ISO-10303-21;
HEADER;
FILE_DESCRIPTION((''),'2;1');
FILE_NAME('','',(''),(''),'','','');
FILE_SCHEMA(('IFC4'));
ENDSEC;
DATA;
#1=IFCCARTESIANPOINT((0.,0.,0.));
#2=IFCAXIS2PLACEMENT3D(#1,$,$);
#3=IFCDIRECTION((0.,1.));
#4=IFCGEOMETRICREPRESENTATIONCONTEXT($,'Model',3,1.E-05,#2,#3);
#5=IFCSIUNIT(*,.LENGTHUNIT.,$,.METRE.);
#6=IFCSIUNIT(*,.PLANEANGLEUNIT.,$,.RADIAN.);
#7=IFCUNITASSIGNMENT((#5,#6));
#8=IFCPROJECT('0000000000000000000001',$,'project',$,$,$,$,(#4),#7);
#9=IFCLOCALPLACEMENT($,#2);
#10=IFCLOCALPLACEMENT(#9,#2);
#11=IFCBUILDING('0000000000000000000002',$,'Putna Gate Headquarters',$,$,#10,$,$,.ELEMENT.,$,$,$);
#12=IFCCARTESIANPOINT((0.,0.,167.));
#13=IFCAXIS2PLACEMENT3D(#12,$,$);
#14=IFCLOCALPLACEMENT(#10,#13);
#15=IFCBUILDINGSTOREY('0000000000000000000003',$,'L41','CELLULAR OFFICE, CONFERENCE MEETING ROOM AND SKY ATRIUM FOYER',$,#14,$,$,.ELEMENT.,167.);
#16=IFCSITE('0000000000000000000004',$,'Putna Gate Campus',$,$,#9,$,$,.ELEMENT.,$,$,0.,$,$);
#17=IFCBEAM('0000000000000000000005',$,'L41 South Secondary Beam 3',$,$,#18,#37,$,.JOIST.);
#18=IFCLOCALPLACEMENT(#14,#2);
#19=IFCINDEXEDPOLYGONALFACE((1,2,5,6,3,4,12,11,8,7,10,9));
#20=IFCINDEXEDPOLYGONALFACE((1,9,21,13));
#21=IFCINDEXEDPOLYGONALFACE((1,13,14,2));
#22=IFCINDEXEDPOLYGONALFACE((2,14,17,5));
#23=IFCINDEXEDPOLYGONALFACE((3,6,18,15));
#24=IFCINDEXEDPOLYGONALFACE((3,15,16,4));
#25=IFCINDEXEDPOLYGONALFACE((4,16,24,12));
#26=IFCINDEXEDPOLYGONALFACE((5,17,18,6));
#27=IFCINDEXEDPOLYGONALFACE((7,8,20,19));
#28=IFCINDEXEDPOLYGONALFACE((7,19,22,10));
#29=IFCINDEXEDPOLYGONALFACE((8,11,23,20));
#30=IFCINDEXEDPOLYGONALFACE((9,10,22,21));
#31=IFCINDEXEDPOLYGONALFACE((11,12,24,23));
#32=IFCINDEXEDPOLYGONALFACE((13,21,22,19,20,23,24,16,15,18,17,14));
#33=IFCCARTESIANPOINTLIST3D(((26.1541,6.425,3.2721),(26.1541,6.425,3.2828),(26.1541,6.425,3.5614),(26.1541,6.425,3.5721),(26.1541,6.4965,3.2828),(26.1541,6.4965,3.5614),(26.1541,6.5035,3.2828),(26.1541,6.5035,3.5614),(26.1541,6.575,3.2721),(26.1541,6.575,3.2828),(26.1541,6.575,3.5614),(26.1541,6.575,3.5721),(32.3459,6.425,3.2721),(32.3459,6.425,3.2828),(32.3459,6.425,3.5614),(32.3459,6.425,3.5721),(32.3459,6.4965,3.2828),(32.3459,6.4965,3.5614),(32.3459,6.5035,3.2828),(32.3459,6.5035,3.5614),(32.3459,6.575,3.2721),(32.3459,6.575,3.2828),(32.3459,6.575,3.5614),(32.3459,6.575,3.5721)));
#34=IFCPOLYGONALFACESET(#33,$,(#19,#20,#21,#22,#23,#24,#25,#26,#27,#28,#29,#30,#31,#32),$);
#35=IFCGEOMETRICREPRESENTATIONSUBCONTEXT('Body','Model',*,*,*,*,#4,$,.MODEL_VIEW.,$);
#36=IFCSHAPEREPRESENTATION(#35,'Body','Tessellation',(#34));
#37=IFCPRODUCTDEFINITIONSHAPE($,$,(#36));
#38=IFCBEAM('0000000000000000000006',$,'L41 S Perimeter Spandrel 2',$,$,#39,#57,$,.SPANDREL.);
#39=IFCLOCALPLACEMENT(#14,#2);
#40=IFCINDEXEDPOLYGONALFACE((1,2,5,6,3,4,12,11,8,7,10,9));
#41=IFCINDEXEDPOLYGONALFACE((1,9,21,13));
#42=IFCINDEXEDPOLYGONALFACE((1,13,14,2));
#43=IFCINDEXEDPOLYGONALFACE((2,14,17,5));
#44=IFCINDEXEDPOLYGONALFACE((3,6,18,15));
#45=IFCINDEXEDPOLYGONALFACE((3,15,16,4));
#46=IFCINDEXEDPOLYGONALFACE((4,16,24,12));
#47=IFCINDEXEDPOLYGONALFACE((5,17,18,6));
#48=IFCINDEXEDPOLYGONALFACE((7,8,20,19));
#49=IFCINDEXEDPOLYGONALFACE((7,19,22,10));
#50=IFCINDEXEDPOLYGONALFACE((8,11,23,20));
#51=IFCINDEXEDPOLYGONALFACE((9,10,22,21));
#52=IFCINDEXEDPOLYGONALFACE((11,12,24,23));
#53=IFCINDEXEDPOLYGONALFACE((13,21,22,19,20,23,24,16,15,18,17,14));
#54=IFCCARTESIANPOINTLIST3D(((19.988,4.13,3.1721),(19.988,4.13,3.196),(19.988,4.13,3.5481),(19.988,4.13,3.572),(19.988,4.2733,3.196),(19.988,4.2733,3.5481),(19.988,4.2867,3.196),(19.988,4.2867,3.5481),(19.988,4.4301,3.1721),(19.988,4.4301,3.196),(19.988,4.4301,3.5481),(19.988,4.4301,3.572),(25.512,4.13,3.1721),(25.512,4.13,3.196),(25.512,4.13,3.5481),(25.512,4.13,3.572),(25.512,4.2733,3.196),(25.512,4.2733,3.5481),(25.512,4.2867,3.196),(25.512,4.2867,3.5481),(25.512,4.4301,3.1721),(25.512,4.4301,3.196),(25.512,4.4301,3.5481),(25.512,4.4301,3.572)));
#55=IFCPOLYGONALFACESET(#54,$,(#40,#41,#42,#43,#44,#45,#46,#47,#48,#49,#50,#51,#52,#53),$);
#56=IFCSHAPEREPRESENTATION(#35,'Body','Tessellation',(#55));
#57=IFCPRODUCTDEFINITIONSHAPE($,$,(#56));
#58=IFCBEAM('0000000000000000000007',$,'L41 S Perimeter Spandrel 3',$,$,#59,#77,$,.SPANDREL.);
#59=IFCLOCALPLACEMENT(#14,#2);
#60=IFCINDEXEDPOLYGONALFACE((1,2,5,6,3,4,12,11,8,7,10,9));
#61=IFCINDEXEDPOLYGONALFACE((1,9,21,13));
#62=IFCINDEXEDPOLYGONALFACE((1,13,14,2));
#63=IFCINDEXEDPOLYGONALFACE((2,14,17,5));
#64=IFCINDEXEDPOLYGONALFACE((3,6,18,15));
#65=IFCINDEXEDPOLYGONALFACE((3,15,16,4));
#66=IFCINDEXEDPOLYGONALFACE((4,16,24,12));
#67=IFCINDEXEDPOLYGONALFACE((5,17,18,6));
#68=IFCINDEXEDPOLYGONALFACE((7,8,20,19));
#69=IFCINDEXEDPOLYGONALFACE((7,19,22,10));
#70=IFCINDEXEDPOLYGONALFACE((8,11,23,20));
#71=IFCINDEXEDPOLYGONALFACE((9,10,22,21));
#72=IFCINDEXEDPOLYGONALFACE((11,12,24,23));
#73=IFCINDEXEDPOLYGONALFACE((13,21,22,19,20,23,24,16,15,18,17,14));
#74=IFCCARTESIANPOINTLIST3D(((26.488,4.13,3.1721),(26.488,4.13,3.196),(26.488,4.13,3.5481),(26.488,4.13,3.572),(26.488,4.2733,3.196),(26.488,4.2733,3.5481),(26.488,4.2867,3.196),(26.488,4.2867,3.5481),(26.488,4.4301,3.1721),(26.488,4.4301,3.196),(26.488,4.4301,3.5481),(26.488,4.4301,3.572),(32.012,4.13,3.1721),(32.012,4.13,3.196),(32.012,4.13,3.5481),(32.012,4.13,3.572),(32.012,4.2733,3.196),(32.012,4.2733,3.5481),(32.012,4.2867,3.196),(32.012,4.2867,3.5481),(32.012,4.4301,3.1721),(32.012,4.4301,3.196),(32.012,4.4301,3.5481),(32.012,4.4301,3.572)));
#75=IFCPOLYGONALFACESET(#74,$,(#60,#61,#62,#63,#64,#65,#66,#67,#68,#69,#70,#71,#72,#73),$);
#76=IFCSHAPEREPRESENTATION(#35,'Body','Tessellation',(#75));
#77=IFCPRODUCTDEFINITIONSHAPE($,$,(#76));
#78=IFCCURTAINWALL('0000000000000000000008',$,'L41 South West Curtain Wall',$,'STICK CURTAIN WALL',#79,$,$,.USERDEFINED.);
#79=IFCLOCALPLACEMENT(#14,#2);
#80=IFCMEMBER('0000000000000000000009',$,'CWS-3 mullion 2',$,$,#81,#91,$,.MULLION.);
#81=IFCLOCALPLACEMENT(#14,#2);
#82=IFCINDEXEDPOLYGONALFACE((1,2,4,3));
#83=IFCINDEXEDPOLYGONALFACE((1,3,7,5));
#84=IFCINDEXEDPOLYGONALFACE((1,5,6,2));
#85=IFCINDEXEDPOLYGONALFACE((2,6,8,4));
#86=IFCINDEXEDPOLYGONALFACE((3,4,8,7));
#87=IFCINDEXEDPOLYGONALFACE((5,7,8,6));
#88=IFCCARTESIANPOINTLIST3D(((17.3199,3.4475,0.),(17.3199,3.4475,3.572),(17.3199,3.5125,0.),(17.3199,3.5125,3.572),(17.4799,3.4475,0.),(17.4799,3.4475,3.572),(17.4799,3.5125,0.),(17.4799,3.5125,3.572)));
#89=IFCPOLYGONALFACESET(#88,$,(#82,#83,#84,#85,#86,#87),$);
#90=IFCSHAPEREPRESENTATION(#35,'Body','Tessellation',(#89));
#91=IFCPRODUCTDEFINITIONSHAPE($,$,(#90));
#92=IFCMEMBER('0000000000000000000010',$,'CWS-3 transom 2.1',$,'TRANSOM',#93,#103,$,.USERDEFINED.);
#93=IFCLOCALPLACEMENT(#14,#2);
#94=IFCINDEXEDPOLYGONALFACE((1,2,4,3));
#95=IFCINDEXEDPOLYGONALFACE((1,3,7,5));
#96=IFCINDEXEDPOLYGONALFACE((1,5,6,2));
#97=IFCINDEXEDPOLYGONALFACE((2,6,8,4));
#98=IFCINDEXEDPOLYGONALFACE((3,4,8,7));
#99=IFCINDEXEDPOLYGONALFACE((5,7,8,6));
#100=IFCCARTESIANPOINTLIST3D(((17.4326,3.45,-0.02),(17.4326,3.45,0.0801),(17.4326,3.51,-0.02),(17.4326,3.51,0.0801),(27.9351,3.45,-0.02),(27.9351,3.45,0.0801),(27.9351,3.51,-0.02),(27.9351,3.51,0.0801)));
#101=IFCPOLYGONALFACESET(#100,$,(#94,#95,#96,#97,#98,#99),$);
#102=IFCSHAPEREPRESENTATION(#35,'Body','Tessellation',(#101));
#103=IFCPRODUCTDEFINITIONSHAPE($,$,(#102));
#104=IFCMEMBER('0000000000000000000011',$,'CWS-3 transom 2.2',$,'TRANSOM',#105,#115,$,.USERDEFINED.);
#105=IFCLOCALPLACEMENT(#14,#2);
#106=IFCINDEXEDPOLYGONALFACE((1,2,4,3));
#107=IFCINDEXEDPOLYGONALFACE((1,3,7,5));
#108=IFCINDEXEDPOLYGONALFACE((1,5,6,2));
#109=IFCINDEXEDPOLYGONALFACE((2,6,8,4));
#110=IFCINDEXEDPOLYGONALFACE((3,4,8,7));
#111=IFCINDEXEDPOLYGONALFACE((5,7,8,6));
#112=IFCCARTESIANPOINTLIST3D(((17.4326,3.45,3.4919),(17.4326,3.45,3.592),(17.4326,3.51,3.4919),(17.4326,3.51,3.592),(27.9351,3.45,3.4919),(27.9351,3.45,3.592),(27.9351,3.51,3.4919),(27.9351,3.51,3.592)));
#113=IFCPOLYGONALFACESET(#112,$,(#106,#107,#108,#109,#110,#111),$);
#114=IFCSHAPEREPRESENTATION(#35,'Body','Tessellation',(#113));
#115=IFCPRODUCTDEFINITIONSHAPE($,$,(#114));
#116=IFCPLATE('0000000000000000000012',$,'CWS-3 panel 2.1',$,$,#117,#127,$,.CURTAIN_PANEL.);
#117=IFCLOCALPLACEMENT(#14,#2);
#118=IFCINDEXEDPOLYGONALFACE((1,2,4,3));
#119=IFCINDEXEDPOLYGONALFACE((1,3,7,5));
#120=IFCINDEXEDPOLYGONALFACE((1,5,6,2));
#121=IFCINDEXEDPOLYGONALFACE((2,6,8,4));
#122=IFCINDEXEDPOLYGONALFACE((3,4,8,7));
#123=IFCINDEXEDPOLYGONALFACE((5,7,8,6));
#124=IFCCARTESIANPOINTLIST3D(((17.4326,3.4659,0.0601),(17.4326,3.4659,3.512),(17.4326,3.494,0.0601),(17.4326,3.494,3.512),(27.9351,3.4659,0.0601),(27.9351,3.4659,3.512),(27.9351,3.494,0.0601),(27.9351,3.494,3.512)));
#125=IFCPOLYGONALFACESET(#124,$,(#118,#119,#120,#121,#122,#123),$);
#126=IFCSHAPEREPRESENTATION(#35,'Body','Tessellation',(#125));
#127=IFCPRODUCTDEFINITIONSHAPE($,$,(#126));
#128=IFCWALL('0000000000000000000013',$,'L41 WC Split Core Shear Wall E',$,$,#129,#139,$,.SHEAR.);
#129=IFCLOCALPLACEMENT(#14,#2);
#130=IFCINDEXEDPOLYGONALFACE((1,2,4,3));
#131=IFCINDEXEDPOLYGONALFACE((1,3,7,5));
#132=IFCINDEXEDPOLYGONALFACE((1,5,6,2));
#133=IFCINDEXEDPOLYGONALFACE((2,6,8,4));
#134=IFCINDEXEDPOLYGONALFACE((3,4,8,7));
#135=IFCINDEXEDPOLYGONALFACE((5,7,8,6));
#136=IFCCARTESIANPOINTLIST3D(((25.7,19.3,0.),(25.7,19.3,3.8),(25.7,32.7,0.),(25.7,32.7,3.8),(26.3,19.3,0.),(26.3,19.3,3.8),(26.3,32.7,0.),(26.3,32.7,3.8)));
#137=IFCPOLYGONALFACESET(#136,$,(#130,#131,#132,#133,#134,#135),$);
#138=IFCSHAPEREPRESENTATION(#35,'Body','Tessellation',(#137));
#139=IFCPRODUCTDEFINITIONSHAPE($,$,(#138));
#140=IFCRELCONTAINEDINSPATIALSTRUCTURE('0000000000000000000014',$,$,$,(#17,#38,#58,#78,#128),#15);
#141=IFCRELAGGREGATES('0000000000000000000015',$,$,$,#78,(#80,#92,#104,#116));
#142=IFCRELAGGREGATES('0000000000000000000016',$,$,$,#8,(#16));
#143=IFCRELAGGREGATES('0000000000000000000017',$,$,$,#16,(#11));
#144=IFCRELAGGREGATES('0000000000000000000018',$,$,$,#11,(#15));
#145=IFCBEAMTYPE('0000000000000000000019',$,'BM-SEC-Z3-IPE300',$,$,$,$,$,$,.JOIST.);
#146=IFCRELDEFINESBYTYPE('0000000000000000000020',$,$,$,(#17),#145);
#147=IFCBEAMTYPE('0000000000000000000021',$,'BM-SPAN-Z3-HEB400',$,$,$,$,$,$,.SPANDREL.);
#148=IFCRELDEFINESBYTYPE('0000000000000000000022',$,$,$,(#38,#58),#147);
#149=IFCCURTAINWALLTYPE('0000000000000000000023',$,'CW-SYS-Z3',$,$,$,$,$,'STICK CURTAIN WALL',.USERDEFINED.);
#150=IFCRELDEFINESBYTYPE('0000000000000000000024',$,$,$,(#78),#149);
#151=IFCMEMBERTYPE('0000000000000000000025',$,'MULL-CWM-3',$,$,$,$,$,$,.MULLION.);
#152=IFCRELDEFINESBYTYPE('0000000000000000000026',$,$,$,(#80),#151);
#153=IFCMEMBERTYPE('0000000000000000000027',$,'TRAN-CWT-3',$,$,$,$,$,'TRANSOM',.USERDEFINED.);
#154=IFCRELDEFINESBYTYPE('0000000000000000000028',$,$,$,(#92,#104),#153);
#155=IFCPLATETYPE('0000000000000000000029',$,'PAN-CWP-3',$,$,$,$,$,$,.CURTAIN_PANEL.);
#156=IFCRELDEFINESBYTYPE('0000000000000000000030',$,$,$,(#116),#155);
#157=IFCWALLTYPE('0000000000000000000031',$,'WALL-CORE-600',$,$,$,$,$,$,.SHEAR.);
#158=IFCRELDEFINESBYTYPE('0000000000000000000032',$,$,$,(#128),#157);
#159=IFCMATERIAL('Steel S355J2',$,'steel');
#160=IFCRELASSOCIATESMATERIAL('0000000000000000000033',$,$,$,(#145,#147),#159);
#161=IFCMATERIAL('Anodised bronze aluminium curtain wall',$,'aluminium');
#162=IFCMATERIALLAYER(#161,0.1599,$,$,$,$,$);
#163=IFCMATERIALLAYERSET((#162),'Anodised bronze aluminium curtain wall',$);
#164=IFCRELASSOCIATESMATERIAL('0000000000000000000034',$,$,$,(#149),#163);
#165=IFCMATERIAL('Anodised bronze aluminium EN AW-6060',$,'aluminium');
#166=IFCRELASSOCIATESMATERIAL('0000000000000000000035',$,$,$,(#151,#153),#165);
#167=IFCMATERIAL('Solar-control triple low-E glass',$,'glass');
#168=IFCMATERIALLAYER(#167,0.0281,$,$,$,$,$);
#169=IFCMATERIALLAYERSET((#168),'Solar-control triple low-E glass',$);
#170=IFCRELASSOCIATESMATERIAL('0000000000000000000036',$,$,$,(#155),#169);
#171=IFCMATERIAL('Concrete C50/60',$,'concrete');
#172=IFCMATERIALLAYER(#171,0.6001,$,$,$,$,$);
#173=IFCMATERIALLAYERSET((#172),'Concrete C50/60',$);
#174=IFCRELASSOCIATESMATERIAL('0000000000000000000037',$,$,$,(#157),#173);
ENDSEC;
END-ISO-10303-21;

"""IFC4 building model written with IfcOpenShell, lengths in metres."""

from ifc_helpers import new_model, si_unit, direction, frame, frame_2d, origin, origin_2d, place, context, subcontext, project, spatial, rectangle, i_section, extrude, material, layer, layer_set, material_profile, profile_set, type_object, element, aggregate, save


model = new_model("IFC4")

# Units and contexts
model_context = context("Model", 3, precision=1e-05, world=origin(), true_north=direction((0.0, 1.0)))
body_context = subcontext(model_context, "Body", "Model", "MODEL_VIEW")
ifc_project = project(units=[si_unit("LENGTHUNIT", "METRE"), si_unit("PLANEANGLEUNIT", "RADIAN")], contexts=[model_context])

# Site, building, storey
site_placement = place(None, origin())
site = spatial("IfcSite", under=ifc_project, at=site_placement, Name="Putna Gate Campus", CompositionType="ELEMENT", RefElevation=0.0)
building_placement = place(site_placement, origin())
building = spatial("IfcBuilding", under=site, at=building_placement, Name="Putna Gate Headquarters", CompositionType="ELEMENT")
storey_placement = place(building_placement, frame((0.0, 0.0, 167.0)))
storey = spatial("IfcBuildingStorey", under=building, at=storey_placement, Name="L41", Description="CELLULAR OFFICE, CONFERENCE MEETING ROOM AND SKY ATRIUM FOYER", CompositionType="ELEMENT", Elevation=167.0)

# Shared definitions
ifc_material_1 = material(Name="Concrete C50/60", Category="concrete")

# Beams
ifc_material_2 = material(Name="Steel S355J2", Category="steel")
ifc_material_profile_1 = material_profile(ifc_material_2, i_section(OverallWidth=0.1499, OverallDepth=0.3, WebThickness=0.0071, FlangeThickness=0.0107, at=origin_2d()), Name="Steel S355J2")
ifc_profile_set_1 = profile_set([ifc_material_profile_1], Name="Steel S355J2")
beam_type_1 = type_object("IfcBeamType", Name="BM-SEC-Z3-IPE300", PredefinedType="JOIST", material=ifc_profile_set_1)
beam_1_placement = place(storey_placement, frame((26.1541, 6.5, 3.4221), z_axis=(1.0, 0.0, 0.0), x_axis=(0.0, 1.0, 0.0)))
element("IfcBeam", 1, at=beam_1_placement, inside=storey, type_object=beam_type_1, Name="L41 South Secondary Beam 3", PredefinedType="JOIST", context=body_context, shape_type="SweptSolid", body=[
    extrude(i_section(OverallWidth=0.1499, OverallDepth=0.3, WebThickness=0.0071, FlangeThickness=0.0107, at=origin_2d()), origin(), (0.0, 0.0, 1.0), 6.1919),
])
ifc_material_profile_2 = material_profile(ifc_material_2, i_section(OverallWidth=0.3, OverallDepth=0.3999, WebThickness=0.0134, FlangeThickness=0.0239, at=origin_2d()), Name="Steel S355J2")
ifc_profile_set_2 = profile_set([ifc_material_profile_2], Name="Steel S355J2")
beam_type_2 = type_object("IfcBeamType", Name="BM-SPAN-Z3-HEB400", PredefinedType="SPANDREL", material=ifc_profile_set_2)
for number, where, z_axis, x_axis, name in (
    (2, (19.988, 4.28, 3.3721), (1.0, 0.0, 0.0), (0.0, 1.0, 0.0), "L41 S Perimeter Spandrel 2"),
    (3, (26.488, 4.28, 3.3721), (1.0, 0.0, 0.0), (0.0, 1.0, 0.0), "L41 S Perimeter Spandrel 3"),
):
    element("IfcBeam", number, at=place(storey_placement, frame(where, z_axis=z_axis, x_axis=x_axis)), inside=storey, type_object=beam_type_2, Name=name, PredefinedType="SPANDREL", context=body_context, shape_type="SweptSolid", body=[
        extrude(i_section(OverallWidth=0.3, OverallDepth=0.3999, WebThickness=0.0134, FlangeThickness=0.0239, at=origin_2d()), origin(), (0.0, 0.0, 1.0), 5.5239),
    ])

# Curtain wall, members, plate
ifc_material_3 = material(Name="Anodised bronze aluminium curtain wall", Category="aluminium")
ifc_layer_1 = layer(ifc_material_3, 0.1599)
ifc_layer_set_1 = layer_set([ifc_layer_1], Name="Anodised bronze aluminium curtain wall")
curtain_wall_type = type_object("IfcCurtainWallType", Name="CW-SYS-Z3", ElementType="STICK CURTAIN WALL", PredefinedType="USERDEFINED", material=ifc_layer_set_1)
curtain_wall_placement = place(storey_placement, origin())
curtain_wall = element("IfcCurtainWall", 4, at=curtain_wall_placement, inside=storey, type_object=curtain_wall_type, Name="L41 South West Curtain Wall", ObjectType="STICK CURTAIN WALL", PredefinedType="USERDEFINED")
ifc_material_4 = material(Name="Anodised bronze aluminium EN AW-6060", Category="aluminium")
ifc_material_profile_3 = material_profile(ifc_material_4, rectangle(XDim=0.0649, YDim=0.1599, at=origin_2d()), Name="Anodised bronze aluminium EN AW-6060")
ifc_profile_set_3 = profile_set([ifc_material_profile_3], Name="Anodised bronze aluminium EN AW-6060")
member_type_1 = type_object("IfcMemberType", Name="MULL-CWM-3", PredefinedType="MULLION", material=ifc_profile_set_3)
member_1_placement = place(storey_placement, frame((17.3999, 3.48, 0.0), z_axis=(0.0, 0.0, 1.0), x_axis=(0.0, 1.0, 0.0)))
member_1 = element("IfcMember", 5, at=member_1_placement, type_object=member_type_1, Name="CWS-3 mullion 2", PredefinedType="MULLION", context=body_context, shape_type="SweptSolid", body=[
    extrude(rectangle(XDim=0.0649, YDim=0.1599, at=origin_2d()), origin(), (0.0, 0.0, 1.0), 3.572),
])
ifc_material_profile_4 = material_profile(ifc_material_4, rectangle(XDim=0.0601, YDim=0.1001, at=origin_2d()), Name="Anodised bronze aluminium EN AW-6060")
ifc_profile_set_4 = profile_set([ifc_material_profile_4], Name="Anodised bronze aluminium EN AW-6060")
member_type_2 = type_object("IfcMemberType", Name="TRAN-CWT-3", ElementType="TRANSOM", PredefinedType="USERDEFINED", material=ifc_profile_set_4)
member_2_placement = place(storey_placement, frame((17.4326, 3.48, 0.03), z_axis=(1.0, 0.0, 0.0), x_axis=(0.0, 1.0, 0.0)))
member_2 = element("IfcMember", 6, at=member_2_placement, type_object=member_type_2, Name="CWS-3 transom 2.1", ObjectType="TRANSOM", PredefinedType="USERDEFINED", context=body_context, shape_type="SweptSolid", body=[
    extrude(rectangle(XDim=0.0601, YDim=0.1001, at=origin_2d()), origin(), (0.0, 0.0, 1.0), 10.5024),
])
member_3_placement = place(storey_placement, frame((17.4326, 3.48, 3.542), z_axis=(1.0, 0.0, 0.0), x_axis=(0.0, 1.0, 0.0)))
member_3 = element("IfcMember", 7, at=member_3_placement, type_object=member_type_2, Name="CWS-3 transom 2.2", ObjectType="TRANSOM", PredefinedType="USERDEFINED", context=body_context, shape_type="SweptSolid", body=[
    extrude(rectangle(XDim=0.0601, YDim=0.1001, at=origin_2d()), origin(), (0.0, 0.0, 1.0), 10.5024),
])
ifc_material_5 = material(Name="Solar-control triple low-E glass", Category="glass")
ifc_layer_2 = layer(ifc_material_5, 0.0281)
ifc_layer_set_2 = layer_set([ifc_layer_2], Name="Solar-control triple low-E glass")
plate_type = type_object("IfcPlateType", Name="PAN-CWP-3", PredefinedType="CURTAIN_PANEL", material=ifc_layer_set_2)
plate_placement = place(storey_placement, frame((22.6838, 3.48, 0.0601), z_axis=(0.0, 0.0, 1.0), x_axis=(1.0, 0.0, 0.0)))
plate = element("IfcPlate", 8, at=plate_placement, type_object=plate_type, Name="CWS-3 panel 2.1", PredefinedType="CURTAIN_PANEL", context=body_context, shape_type="SweptSolid", body=[
    extrude(rectangle(XDim=10.5024, YDim=0.0281, at=origin_2d()), origin(), (0.0, 0.0, 1.0), 3.4519),
])
aggregate(curtain_wall, [member_1, member_2, member_3, plate])

# Wall
ifc_layer_3 = layer(ifc_material_1, 0.6001)
ifc_layer_set_3 = layer_set([ifc_layer_3], Name="Concrete C50/60")
wall_type_1 = type_object("IfcWallType", Name="WALL-CORE-600", PredefinedType="SHEAR", material=ifc_layer_set_3)
wall_1_placement = place(storey_placement, frame((26.0, 19.3, 0.0), z_axis=(0.0, 0.0, 1.0), x_axis=(0.0, 1.0, 0.0)))
element("IfcWall", 9, at=wall_1_placement, inside=storey, type_object=wall_type_1, Name="L41 WC Split Core Shear Wall E", PredefinedType="SHEAR", context=body_context, shape_type="SweptSolid", body=[
    extrude(rectangle(XDim=13.3999, YDim=0.6001, at=frame_2d((6.7, 0.0))), origin(), (0.0, 0.0, 1.0), 3.8),
])

save(model, "model.ifc")
